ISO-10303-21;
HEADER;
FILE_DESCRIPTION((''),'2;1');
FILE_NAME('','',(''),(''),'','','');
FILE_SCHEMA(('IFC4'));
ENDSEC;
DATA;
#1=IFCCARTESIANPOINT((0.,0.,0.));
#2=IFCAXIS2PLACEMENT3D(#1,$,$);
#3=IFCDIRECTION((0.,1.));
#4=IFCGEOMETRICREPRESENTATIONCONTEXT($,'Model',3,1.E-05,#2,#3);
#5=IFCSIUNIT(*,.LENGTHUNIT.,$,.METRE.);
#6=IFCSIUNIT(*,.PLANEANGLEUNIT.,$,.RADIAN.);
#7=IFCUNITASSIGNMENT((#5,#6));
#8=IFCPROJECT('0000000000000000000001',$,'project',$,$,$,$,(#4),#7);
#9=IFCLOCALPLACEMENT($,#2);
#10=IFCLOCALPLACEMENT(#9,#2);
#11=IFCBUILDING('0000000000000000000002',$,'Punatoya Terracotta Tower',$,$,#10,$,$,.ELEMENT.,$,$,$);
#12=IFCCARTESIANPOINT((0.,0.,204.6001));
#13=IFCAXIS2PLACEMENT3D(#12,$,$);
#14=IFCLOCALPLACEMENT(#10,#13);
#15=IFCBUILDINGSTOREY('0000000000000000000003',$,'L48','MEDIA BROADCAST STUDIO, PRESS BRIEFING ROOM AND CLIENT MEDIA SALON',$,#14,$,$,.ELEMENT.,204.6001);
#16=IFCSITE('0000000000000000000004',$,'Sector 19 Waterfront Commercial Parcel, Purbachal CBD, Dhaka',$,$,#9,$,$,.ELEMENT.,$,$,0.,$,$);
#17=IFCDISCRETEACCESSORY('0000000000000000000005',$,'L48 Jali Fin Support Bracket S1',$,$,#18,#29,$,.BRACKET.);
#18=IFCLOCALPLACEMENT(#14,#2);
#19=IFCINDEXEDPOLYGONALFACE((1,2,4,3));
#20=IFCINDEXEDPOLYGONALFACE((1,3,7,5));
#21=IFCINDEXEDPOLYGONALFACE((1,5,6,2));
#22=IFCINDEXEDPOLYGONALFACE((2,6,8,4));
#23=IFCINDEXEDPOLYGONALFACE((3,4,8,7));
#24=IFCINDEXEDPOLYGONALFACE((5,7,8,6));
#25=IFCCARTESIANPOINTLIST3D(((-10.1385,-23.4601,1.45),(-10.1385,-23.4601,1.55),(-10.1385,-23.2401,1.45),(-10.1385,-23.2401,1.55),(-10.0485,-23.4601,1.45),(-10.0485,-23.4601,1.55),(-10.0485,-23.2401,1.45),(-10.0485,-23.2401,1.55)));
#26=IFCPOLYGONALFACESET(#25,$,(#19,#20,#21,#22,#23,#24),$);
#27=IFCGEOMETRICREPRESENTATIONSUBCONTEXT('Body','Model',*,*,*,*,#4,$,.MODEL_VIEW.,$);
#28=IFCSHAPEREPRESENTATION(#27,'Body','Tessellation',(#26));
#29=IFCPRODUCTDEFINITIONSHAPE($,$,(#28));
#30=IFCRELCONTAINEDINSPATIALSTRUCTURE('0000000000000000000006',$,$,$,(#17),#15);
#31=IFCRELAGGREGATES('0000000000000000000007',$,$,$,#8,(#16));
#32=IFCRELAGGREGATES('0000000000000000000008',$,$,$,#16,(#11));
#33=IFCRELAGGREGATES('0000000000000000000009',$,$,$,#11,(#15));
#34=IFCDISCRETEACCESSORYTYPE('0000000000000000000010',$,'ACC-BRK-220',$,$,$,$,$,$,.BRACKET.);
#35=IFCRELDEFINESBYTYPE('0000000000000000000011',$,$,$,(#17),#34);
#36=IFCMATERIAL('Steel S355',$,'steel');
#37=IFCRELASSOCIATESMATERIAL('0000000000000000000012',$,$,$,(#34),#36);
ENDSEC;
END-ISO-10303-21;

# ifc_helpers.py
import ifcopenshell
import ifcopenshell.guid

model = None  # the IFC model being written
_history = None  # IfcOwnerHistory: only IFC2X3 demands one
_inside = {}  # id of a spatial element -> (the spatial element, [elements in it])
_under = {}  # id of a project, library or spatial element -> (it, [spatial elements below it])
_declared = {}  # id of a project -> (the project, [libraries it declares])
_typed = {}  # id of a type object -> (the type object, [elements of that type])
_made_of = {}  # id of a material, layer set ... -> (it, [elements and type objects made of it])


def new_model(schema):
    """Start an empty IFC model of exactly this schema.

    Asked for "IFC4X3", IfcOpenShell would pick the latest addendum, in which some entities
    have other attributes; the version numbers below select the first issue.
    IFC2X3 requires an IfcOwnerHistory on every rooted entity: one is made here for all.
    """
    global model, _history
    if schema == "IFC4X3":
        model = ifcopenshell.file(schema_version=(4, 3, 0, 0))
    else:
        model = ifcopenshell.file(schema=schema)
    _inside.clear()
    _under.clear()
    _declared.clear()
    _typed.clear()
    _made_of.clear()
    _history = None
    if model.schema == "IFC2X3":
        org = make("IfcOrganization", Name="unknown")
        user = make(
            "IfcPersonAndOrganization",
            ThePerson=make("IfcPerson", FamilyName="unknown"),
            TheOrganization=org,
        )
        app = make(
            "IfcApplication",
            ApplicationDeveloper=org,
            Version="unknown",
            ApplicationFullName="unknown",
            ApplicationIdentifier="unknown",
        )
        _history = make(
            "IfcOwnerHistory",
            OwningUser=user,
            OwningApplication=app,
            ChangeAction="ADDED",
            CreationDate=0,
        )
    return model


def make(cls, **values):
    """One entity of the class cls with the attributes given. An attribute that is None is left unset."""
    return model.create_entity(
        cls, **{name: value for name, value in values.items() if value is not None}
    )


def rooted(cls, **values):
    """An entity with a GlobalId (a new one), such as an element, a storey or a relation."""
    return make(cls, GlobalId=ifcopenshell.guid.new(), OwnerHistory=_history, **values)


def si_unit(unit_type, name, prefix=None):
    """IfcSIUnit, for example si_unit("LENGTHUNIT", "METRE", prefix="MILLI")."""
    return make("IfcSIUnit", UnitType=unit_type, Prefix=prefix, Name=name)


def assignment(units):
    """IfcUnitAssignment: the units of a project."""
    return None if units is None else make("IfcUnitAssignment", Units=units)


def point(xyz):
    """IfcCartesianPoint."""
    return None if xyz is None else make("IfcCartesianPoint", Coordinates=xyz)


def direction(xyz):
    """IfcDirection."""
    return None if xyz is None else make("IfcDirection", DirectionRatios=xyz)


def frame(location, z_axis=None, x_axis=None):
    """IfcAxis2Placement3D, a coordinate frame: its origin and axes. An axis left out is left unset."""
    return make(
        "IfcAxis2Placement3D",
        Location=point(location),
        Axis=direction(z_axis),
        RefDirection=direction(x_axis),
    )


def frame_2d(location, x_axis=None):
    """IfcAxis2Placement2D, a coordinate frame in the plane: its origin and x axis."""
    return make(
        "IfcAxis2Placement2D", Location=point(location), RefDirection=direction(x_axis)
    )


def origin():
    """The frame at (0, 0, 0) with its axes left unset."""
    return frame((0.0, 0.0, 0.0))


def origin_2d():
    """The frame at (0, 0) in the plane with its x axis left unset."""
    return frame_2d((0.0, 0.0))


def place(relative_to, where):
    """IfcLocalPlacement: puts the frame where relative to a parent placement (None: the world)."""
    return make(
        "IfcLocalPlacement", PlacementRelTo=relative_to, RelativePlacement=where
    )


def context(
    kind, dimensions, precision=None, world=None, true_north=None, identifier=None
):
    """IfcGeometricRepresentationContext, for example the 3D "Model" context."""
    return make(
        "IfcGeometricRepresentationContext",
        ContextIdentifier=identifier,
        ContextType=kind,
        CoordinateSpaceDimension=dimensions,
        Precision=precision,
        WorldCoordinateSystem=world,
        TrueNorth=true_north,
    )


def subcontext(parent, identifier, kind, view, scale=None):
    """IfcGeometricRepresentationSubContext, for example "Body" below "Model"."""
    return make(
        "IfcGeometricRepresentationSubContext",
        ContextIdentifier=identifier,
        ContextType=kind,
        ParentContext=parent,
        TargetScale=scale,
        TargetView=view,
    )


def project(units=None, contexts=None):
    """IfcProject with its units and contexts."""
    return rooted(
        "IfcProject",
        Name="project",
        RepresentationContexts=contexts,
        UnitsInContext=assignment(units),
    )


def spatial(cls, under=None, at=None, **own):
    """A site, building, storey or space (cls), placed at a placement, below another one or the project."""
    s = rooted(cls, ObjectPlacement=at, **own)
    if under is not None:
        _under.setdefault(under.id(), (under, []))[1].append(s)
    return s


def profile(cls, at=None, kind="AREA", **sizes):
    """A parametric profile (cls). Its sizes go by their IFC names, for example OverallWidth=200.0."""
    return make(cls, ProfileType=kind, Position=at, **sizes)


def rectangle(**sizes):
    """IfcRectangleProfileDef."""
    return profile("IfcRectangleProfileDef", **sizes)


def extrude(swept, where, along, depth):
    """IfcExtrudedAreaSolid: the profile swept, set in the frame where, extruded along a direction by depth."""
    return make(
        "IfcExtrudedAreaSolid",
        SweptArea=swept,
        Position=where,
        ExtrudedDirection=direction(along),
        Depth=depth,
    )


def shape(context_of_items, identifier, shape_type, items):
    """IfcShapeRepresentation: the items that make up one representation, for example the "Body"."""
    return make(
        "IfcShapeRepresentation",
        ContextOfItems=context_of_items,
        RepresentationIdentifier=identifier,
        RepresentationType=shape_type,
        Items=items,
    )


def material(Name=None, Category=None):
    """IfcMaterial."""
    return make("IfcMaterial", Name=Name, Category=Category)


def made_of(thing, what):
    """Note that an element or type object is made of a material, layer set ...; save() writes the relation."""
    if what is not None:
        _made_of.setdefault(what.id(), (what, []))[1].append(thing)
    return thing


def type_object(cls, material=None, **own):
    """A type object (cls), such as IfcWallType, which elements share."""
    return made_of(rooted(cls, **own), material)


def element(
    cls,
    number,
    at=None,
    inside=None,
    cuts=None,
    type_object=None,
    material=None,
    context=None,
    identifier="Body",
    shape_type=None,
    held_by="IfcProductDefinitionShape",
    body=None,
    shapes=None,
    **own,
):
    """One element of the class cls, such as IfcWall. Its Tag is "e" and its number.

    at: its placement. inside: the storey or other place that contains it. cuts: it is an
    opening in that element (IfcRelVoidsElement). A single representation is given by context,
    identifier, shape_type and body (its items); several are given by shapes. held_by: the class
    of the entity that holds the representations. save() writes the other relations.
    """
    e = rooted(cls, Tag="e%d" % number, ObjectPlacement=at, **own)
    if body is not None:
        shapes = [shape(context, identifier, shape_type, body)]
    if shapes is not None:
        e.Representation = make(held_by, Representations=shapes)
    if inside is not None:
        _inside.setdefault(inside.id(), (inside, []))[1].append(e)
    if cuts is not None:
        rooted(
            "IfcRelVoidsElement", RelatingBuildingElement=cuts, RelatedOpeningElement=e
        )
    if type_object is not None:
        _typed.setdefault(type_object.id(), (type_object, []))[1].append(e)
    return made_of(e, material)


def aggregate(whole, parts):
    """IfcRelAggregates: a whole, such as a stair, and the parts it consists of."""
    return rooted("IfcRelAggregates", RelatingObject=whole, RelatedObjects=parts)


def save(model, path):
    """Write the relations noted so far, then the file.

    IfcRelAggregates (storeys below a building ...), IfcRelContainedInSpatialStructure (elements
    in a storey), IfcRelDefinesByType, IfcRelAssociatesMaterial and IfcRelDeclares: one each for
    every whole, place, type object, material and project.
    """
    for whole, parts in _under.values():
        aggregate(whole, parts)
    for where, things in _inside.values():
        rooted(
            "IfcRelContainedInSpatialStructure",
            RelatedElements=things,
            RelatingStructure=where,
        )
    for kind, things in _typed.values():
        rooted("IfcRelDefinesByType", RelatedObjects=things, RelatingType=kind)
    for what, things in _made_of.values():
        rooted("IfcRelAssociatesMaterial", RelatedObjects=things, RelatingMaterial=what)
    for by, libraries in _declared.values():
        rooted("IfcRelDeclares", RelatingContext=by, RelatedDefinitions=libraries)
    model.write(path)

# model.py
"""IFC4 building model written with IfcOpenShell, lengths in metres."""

from ifc_helpers import new_model, si_unit, direction, frame, origin, origin_2d, place, context, subcontext, project, spatial, rectangle, extrude, material, type_object, element, save


model = new_model("IFC4")

# Units and contexts
model_context = context("Model", 3, precision=1e-05, world=origin(), true_north=direction((0.0, 1.0)))
body_context = subcontext(model_context, "Body", "Model", "MODEL_VIEW")
ifc_project = project(units=[si_unit("LENGTHUNIT", "METRE"), si_unit("PLANEANGLEUNIT", "RADIAN")], contexts=[model_context])

# Site, building, storey
site_placement = place(None, origin())
site = spatial("IfcSite", under=ifc_project, at=site_placement, Name="Sector 19 Waterfront Commercial Parcel, Purbachal CBD, Dhaka", CompositionType="ELEMENT", RefElevation=0.0)
building_placement = place(site_placement, origin())
building = spatial("IfcBuilding", under=site, at=building_placement, Name="Punatoya Terracotta Tower", CompositionType="ELEMENT")
storey_placement = place(building_placement, frame((0.0, 0.0, 204.6001)))
storey = spatial("IfcBuildingStorey", under=building, at=storey_placement, Name="L48", Description="MEDIA BROADCAST STUDIO, PRESS BRIEFING ROOM AND CLIENT MEDIA SALON", CompositionType="ELEMENT", Elevation=204.6001)

# Discrete accessory
ifc_material_1 = material(Name="Steel S355", Category="steel")
discrete_accessory_type = type_object("IfcDiscreteAccessoryType", Name="ACC-BRK-220", PredefinedType="BRACKET", material=ifc_material_1)
discrete_accessory_placement = place(storey_placement, frame((-10.0935, -23.3501, 1.45), z_axis=(0.0, 0.0, 1.0), x_axis=(1.0, 0.0, 0.0)))
element("IfcDiscreteAccessory", 1, at=discrete_accessory_placement, inside=storey, type_object=discrete_accessory_type, Name="L48 Jali Fin Support Bracket S1", PredefinedType="BRACKET", context=body_context, shape_type="SweptSolid", body=[
    extrude(rectangle(XDim=0.0901, YDim=0.22, at=origin_2d()), origin(), (0.0, 0.0, 1.0), 0.1001),
])

save(model, "model.ifc")
